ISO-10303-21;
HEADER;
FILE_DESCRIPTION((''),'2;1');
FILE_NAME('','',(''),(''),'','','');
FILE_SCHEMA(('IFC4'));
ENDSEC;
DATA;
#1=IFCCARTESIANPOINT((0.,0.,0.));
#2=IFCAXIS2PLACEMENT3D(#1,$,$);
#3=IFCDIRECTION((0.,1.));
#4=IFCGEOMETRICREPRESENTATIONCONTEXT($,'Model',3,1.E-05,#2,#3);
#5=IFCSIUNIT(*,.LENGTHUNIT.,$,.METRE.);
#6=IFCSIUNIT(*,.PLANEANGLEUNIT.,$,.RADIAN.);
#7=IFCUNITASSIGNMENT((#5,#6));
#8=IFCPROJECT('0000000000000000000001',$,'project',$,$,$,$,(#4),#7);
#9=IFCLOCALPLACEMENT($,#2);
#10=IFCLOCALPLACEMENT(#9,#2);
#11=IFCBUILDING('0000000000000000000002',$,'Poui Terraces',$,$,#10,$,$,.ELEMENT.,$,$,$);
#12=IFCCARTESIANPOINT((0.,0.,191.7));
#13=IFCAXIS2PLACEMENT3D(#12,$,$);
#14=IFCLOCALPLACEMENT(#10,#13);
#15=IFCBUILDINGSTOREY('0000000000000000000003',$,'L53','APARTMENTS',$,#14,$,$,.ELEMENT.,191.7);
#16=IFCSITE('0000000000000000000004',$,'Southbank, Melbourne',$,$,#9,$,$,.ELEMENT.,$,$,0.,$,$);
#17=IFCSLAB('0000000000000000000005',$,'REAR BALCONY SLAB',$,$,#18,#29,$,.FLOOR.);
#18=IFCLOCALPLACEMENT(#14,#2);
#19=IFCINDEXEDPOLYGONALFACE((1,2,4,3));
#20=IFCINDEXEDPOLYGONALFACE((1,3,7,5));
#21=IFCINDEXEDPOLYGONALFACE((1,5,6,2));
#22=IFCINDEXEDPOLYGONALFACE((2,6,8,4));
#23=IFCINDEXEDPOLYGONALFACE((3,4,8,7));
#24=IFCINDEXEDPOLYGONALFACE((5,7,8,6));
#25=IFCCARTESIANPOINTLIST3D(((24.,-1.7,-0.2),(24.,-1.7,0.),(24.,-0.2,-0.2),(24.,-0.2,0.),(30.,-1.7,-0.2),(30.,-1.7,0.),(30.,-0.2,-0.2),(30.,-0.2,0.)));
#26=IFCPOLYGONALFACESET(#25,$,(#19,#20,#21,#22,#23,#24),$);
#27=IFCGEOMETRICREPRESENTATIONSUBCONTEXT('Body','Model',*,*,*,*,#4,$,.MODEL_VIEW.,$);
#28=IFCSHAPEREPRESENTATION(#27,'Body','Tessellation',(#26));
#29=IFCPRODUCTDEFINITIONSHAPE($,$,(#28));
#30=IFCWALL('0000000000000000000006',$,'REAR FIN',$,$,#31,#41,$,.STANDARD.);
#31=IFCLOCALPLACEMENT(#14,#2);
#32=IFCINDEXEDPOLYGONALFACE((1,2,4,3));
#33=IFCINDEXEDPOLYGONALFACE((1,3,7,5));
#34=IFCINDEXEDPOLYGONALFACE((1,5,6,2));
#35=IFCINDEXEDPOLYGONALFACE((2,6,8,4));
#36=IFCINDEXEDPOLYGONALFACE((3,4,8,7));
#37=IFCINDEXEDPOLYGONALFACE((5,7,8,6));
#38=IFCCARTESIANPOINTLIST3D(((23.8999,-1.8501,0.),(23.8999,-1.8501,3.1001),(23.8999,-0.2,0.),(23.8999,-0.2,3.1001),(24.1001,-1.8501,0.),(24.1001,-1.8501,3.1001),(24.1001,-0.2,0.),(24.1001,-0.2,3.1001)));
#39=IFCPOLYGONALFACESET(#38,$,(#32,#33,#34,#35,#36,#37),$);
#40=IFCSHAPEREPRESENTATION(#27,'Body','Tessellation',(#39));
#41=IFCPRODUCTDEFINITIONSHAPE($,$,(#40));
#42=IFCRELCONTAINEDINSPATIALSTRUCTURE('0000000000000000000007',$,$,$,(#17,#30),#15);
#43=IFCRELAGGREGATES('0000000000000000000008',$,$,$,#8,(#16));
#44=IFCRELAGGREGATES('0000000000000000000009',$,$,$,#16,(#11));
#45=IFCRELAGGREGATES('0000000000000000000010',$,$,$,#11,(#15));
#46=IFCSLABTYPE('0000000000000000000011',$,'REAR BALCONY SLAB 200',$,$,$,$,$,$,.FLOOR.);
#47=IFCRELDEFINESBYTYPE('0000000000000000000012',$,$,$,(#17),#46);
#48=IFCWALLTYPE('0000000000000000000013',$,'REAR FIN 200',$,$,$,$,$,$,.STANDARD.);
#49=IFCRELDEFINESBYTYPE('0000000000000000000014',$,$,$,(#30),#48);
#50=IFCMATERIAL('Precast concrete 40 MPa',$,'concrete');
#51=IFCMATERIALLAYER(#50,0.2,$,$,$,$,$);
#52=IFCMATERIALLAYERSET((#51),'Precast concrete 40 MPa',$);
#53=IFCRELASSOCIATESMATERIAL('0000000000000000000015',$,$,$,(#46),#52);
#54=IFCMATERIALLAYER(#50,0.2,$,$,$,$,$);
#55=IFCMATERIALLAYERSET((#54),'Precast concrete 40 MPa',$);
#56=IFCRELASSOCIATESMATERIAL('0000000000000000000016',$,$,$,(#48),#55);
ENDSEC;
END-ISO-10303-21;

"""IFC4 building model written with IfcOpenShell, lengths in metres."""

from ifc_helpers import new_model, si_unit, direction, frame, origin, place, context, subcontext, project, spatial, polyline, outline, extrude, source, transform, mapped, material, layer, layer_set, type_object, element, save


model = new_model("IFC4")

# Units and contexts
model_context = context("Model", 3, precision=1e-05, world=origin(), true_north=direction((0.0, 1.0)))
body_context = subcontext(model_context, "Body", "Model", "MODEL_VIEW")
ifc_project = project(units=[si_unit("LENGTHUNIT", "METRE"), si_unit("PLANEANGLEUNIT", "RADIAN")], contexts=[model_context])

# Site, building, storey
site_placement = place(None, origin())
site = spatial("IfcSite", under=ifc_project, at=site_placement, Name="Southbank, Melbourne", CompositionType="ELEMENT", RefElevation=0.0)
building_placement = place(site_placement, origin())
building = spatial("IfcBuilding", under=site, at=building_placement, Name="Poui Terraces", CompositionType="ELEMENT")
storey_placement = place(building_placement, frame((0.0, 0.0, 191.7)))
storey = spatial("IfcBuildingStorey", under=building, at=storey_placement, Name="L53", Description="APARTMENTS", CompositionType="ELEMENT", Elevation=191.7)

# Slab
ifc_material = material(Name="Precast concrete 40 MPa", Category="concrete")
ifc_layer_1 = layer(ifc_material, 0.2)
ifc_layer_set_1 = layer_set([ifc_layer_1], Name="Precast concrete 40 MPa")
slab_type = type_object("IfcSlabType", Name="REAR BALCONY SLAB 200", PredefinedType="FLOOR", material=ifc_layer_set_1)
shared_shape_1 = source(origin(), body_context, "Body", "SweptSolid", [
    extrude(outline(polyline([(0.0, 0.0), (6.0, 0.0), (6.0, 1.5), (0.0, 1.5), (0.0, 0.0)])), origin(), (0.0, 0.0, 1.0), 0.2),
])
slab_placement = place(storey_placement, frame((24.0, -1.7, -0.2)))
element("IfcSlab", 1, at=slab_placement, inside=storey, type_object=slab_type, Name="REAR BALCONY SLAB", PredefinedType="FLOOR", context=body_context, shape_type="MappedRepresentation", body=[
    mapped(shared_shape_1, transform((0.0, 0.0, 0.0))),
])

# Wall
ifc_layer_2 = layer(ifc_material, 0.2)
ifc_layer_set_2 = layer_set([ifc_layer_2], Name="Precast concrete 40 MPa")
wall_type = type_object("IfcWallType", Name="REAR FIN 200", PredefinedType="STANDARD", material=ifc_layer_set_2)
shared_shape_2 = source(origin(), body_context, "Body", "SweptSolid", [
    extrude(outline(polyline([(0.0, 0.0), (0.2002, 0.0), (0.2002, 1.6501), (0.0, 1.6501), (0.0, 0.0)])), origin(), (0.0, 0.0, 1.0), 3.1001),
])
wall_placement = place(storey_placement, frame((23.8999, -1.8501, 0.0)))
element("IfcWall", 2, at=wall_placement, inside=storey, type_object=wall_type, Name="REAR FIN", PredefinedType="STANDARD", context=body_context, shape_type="MappedRepresentation", body=[
    mapped(shared_shape_2, transform((0.0, 0.0, 0.0))),
])

save(model, "model.ifc")
